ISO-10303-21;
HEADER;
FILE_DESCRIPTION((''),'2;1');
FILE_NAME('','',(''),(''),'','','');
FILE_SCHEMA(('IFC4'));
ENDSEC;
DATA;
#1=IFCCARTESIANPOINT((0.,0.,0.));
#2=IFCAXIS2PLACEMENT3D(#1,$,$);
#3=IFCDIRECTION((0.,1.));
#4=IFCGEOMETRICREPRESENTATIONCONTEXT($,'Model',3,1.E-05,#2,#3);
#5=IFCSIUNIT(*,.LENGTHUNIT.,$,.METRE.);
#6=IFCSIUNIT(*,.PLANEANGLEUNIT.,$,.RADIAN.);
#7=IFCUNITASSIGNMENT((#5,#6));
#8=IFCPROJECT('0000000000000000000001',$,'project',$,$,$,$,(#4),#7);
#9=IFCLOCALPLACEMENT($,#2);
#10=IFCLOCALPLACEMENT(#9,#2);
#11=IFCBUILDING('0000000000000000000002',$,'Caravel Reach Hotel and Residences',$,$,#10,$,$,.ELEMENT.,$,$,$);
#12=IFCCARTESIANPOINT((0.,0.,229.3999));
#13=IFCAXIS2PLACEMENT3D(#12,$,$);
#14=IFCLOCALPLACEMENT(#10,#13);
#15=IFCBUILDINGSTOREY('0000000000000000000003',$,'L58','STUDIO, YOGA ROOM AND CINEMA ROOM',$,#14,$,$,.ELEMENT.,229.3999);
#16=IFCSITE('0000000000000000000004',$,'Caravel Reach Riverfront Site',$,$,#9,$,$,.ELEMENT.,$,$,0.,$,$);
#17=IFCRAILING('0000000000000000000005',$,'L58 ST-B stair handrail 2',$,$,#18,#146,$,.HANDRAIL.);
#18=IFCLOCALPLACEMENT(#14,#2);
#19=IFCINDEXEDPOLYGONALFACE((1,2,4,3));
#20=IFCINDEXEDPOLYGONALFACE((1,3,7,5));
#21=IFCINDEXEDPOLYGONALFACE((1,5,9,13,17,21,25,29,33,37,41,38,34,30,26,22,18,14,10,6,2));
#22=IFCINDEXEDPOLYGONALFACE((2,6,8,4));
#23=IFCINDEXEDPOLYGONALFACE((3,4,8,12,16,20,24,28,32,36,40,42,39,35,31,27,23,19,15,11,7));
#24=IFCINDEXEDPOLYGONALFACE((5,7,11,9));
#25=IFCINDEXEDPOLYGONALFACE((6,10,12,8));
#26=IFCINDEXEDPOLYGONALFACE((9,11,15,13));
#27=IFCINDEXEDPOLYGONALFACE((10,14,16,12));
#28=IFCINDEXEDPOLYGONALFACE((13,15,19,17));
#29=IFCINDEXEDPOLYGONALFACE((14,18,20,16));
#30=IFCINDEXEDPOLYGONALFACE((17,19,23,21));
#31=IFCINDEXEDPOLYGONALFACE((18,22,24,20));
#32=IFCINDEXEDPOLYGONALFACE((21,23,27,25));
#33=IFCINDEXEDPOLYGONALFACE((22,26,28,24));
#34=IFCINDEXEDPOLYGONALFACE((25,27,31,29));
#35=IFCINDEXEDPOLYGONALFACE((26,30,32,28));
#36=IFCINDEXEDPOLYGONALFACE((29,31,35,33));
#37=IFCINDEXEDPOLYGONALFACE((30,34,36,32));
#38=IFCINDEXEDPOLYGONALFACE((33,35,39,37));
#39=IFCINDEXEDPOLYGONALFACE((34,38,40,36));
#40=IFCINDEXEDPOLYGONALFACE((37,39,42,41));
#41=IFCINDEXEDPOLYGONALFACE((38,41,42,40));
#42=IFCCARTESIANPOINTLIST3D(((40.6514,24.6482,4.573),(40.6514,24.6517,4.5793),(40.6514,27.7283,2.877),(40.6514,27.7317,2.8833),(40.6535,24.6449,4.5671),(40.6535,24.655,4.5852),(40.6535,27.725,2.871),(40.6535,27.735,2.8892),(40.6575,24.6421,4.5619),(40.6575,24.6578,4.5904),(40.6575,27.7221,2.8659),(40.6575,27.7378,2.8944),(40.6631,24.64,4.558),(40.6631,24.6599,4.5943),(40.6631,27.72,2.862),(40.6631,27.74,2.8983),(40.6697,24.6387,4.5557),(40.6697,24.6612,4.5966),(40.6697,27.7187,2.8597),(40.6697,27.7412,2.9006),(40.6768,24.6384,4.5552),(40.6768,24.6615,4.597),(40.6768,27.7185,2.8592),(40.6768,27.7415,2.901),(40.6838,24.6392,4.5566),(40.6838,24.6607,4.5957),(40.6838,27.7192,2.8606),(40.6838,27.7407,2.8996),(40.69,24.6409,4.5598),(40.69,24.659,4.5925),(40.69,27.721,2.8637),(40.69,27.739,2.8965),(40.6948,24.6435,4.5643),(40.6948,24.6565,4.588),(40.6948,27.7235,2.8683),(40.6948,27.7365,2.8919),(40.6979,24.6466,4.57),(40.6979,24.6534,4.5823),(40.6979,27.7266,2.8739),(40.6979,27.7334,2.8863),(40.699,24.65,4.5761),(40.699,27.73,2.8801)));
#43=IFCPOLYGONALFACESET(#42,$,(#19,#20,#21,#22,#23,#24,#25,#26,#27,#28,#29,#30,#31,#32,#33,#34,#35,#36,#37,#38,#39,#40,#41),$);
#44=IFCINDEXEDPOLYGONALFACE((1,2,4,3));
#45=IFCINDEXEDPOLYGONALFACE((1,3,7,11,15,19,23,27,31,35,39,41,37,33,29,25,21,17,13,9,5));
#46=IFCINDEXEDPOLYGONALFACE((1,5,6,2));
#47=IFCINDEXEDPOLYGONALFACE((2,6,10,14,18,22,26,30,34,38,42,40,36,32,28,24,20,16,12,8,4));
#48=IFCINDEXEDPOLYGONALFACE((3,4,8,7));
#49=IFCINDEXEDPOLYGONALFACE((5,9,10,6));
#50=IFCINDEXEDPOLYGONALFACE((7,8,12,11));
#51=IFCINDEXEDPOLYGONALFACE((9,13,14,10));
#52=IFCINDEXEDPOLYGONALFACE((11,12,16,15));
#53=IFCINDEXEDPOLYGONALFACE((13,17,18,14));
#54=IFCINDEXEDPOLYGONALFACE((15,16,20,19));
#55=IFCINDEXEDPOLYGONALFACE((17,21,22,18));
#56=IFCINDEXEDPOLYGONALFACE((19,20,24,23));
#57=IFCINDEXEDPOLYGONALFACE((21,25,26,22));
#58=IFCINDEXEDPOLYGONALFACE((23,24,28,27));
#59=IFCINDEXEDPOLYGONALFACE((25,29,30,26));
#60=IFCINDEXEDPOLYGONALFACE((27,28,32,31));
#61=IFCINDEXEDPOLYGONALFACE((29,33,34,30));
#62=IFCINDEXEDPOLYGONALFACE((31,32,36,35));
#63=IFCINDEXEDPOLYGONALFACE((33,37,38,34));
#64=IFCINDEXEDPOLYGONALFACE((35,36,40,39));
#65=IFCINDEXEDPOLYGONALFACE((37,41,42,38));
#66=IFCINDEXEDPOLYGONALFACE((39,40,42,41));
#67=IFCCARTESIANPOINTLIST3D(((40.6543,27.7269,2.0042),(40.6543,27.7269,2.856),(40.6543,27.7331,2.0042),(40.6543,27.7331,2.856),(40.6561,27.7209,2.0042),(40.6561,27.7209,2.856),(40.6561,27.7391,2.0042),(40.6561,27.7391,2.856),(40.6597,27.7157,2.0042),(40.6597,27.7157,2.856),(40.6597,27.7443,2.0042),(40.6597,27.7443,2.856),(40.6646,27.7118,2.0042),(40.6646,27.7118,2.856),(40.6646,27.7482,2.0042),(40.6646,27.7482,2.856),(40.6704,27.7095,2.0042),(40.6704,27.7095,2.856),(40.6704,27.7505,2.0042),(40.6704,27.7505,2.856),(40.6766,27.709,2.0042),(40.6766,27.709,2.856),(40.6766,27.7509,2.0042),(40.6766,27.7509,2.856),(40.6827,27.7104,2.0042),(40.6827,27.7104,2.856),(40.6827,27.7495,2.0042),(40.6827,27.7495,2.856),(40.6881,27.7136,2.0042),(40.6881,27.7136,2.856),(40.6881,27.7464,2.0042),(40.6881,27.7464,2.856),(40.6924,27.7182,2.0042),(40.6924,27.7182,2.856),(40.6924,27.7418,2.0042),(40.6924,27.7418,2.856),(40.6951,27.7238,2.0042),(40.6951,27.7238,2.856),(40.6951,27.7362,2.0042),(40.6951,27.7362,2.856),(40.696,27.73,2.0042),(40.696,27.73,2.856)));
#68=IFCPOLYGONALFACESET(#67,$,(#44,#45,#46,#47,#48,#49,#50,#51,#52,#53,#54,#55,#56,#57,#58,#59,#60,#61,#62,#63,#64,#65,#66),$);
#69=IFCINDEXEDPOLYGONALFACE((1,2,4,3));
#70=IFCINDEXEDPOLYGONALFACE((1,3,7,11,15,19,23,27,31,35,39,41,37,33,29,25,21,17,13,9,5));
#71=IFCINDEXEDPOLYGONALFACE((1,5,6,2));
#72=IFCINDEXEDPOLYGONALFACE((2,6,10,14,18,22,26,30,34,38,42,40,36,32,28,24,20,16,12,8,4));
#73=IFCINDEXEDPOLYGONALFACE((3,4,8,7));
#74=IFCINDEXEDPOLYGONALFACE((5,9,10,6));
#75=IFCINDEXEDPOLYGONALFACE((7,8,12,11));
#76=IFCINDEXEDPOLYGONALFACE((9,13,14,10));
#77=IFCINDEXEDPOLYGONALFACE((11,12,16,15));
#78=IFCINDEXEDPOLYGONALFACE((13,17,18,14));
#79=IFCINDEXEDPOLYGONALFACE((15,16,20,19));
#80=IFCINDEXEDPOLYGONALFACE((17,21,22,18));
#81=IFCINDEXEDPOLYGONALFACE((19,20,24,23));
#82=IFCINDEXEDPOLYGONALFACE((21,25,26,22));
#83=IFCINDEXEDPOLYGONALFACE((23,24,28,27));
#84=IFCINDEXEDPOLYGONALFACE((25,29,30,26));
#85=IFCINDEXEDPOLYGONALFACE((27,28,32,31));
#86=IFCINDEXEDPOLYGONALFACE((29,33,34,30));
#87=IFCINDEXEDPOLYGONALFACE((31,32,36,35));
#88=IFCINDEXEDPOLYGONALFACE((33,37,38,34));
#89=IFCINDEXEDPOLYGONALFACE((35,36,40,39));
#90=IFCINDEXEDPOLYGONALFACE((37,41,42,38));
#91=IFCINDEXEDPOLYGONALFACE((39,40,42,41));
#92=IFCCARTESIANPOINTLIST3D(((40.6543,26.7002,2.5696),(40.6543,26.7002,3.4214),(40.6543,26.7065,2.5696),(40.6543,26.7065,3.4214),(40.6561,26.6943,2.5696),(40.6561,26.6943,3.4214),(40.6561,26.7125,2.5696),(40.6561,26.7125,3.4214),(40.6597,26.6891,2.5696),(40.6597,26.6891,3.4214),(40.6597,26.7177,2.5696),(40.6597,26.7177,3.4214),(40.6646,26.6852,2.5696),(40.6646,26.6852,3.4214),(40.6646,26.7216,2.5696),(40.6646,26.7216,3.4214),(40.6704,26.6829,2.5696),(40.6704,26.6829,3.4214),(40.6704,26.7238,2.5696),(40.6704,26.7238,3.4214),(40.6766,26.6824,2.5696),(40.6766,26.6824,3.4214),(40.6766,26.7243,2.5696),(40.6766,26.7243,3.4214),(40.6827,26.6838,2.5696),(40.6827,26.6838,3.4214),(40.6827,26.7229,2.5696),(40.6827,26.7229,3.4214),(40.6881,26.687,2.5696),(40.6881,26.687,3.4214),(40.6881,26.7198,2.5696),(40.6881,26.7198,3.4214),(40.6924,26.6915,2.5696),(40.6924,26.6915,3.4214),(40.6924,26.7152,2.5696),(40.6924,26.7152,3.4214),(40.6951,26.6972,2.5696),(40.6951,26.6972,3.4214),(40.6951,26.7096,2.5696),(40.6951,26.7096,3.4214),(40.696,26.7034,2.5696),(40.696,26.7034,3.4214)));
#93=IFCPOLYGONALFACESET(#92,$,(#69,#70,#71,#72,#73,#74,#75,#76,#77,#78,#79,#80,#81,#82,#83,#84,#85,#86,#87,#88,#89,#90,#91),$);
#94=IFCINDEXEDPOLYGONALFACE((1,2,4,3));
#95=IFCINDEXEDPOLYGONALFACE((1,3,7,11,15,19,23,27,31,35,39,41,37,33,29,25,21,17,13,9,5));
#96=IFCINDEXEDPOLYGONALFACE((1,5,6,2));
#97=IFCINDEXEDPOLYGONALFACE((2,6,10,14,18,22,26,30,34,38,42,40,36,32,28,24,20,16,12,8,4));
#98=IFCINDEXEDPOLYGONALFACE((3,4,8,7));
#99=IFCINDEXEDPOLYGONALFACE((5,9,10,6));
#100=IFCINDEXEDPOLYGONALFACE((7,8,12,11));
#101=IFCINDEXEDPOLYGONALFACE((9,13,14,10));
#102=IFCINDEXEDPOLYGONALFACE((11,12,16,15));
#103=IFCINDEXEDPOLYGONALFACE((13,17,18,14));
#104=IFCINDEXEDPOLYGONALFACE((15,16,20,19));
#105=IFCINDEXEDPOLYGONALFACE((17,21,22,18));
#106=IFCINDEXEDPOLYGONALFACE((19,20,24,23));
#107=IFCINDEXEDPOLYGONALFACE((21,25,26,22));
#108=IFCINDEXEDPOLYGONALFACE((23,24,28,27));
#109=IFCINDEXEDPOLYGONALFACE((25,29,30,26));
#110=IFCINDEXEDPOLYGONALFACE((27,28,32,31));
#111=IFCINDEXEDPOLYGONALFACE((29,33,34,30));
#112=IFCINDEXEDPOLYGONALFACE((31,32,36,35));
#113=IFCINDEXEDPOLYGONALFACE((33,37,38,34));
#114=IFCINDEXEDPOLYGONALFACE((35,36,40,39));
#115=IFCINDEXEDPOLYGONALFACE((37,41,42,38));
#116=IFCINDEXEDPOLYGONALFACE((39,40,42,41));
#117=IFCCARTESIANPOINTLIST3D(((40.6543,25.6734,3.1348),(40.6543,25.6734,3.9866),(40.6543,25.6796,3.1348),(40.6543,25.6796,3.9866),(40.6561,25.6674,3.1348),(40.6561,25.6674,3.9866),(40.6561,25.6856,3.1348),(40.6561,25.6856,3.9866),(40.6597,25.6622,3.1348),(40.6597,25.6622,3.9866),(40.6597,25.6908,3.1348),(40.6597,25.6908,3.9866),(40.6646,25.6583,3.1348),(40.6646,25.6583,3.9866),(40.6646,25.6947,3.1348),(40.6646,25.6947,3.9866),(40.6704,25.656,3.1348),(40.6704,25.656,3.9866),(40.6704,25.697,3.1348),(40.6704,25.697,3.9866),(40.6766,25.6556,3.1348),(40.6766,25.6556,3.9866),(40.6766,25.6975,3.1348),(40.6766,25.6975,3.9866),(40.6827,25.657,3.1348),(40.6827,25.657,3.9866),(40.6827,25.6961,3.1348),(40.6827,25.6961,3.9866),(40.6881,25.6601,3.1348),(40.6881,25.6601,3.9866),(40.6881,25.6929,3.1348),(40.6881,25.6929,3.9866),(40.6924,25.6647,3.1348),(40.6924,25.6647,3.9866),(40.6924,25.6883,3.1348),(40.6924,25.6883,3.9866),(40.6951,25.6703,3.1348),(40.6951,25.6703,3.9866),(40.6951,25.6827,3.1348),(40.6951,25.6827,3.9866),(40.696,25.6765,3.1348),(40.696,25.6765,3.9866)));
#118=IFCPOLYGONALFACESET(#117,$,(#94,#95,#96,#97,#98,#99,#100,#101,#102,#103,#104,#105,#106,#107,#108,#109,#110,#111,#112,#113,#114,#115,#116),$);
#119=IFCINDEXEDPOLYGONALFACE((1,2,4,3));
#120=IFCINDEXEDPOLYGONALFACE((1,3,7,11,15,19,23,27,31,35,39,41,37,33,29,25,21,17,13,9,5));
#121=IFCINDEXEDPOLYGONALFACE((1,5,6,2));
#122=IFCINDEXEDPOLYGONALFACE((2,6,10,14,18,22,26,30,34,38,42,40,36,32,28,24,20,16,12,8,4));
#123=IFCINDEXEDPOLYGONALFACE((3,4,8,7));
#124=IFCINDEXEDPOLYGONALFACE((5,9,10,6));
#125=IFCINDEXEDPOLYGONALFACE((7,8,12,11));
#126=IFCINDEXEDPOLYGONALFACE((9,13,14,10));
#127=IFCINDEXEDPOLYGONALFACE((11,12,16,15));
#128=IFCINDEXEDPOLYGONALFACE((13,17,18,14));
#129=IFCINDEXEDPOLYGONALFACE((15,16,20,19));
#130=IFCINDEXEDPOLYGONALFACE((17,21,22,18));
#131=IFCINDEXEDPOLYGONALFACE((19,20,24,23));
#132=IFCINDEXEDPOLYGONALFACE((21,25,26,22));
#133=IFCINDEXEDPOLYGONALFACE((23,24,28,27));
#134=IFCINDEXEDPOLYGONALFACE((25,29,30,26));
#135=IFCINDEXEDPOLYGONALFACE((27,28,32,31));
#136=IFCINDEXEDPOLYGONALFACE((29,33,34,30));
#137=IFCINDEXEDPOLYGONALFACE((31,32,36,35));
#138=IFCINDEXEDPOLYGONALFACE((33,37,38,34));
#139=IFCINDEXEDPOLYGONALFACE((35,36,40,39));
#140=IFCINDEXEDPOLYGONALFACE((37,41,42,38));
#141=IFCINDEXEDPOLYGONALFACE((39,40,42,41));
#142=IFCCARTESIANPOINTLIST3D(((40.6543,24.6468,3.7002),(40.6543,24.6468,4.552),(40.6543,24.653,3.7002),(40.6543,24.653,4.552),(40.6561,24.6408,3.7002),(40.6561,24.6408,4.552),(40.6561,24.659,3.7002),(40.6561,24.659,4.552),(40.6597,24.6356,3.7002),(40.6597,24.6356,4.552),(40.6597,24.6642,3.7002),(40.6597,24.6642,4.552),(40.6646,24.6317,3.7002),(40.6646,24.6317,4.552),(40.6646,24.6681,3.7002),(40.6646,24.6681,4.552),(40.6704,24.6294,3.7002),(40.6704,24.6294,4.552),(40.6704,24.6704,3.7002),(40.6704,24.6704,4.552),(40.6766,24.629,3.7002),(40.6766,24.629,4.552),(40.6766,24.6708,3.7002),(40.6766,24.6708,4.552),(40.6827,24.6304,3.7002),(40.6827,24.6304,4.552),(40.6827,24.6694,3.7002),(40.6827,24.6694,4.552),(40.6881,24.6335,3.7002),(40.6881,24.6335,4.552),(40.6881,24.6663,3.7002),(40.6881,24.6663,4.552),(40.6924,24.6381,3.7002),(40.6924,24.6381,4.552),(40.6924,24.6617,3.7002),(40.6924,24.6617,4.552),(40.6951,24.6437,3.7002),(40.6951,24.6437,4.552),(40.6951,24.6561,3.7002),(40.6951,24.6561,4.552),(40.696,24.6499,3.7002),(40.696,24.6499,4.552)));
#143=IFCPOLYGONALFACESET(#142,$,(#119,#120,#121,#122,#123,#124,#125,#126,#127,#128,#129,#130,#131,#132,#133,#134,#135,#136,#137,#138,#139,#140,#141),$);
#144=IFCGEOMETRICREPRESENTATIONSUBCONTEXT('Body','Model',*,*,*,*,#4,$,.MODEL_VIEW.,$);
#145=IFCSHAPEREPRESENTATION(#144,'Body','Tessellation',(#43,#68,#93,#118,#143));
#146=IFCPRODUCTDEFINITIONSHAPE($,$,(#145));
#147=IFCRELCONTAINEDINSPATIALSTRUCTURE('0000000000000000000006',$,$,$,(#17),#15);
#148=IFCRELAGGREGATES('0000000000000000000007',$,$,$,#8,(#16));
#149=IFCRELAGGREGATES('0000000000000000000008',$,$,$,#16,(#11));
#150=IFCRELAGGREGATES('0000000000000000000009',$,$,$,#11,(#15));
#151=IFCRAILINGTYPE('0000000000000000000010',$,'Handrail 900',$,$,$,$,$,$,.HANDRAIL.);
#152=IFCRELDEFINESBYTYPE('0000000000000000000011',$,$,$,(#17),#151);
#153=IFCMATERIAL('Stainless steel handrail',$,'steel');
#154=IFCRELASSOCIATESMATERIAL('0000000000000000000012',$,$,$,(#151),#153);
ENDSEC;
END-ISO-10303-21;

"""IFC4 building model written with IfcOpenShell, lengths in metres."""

from ifc_helpers import new_model, si_unit, direction, frame, origin, origin_2d, place, context, subcontext, project, spatial, circle, extrude, material, type_object, element, save


model = new_model("IFC4")

# Units and contexts
model_context = context("Model", 3, precision=1e-05, world=origin(), true_north=direction((0.0, 1.0)))
body_context = subcontext(model_context, "Body", "Model", "MODEL_VIEW")
ifc_project = project(units=[si_unit("LENGTHUNIT", "METRE"), si_unit("PLANEANGLEUNIT", "RADIAN")], contexts=[model_context])

# Site, building, storey
site_placement = place(None, origin())
site = spatial("IfcSite", under=ifc_project, at=site_placement, Name="Caravel Reach Riverfront Site", CompositionType="ELEMENT", RefElevation=0.0)
building_placement = place(site_placement, origin())
building = spatial("IfcBuilding", under=site, at=building_placement, Name="Caravel Reach Hotel and Residences", CompositionType="ELEMENT")
storey_placement = place(building_placement, frame((0.0, 0.0, 229.3999)))
storey = spatial("IfcBuildingStorey", under=building, at=storey_placement, Name="L58", Description="STUDIO, YOGA ROOM AND CINEMA ROOM", CompositionType="ELEMENT", Elevation=229.3999)

# Railing
ifc_material_1 = material(Name="Stainless steel handrail", Category="steel")
railing_type = type_object("IfcRailingType", Name="Handrail 900", PredefinedType="HANDRAIL", material=ifc_material_1)
railing_placement = place(storey_placement, frame((40.675, 27.73, 2.0042)))
element("IfcRailing", 1, at=railing_placement, inside=storey, type_object=railing_type, Name="L58 ST-B stair handrail 2", PredefinedType="HANDRAIL", context=body_context, shape_type="SweptSolid", body=[
    extrude(circle(Radius=0.0239, at=origin_2d()), frame((0.0, 0.0, 0.876), z_axis=(0.0, -0.875975, 0.482356), x_axis=(1.0, 0.0, 0.0)), (0.0, 0.0, 1.0), 3.5161),
    extrude(circle(Radius=0.021, at=origin_2d()), origin(), (0.0, 0.0, 1.0), 0.8518),
    extrude(circle(Radius=0.021, at=origin_2d()), frame((0.0, -1.0266, 0.5654)), (0.0, 0.0, 1.0), 0.8518),
    extrude(circle(Radius=0.021, at=origin_2d()), frame((0.0, -2.0535, 1.1306)), (0.0, 0.0, 1.0), 0.8518),
    extrude(circle(Radius=0.021, at=origin_2d()), frame((0.0, -3.0801, 1.696)), (0.0, 0.0, 1.0), 0.8518),
])

save(model, "model.ifc")
